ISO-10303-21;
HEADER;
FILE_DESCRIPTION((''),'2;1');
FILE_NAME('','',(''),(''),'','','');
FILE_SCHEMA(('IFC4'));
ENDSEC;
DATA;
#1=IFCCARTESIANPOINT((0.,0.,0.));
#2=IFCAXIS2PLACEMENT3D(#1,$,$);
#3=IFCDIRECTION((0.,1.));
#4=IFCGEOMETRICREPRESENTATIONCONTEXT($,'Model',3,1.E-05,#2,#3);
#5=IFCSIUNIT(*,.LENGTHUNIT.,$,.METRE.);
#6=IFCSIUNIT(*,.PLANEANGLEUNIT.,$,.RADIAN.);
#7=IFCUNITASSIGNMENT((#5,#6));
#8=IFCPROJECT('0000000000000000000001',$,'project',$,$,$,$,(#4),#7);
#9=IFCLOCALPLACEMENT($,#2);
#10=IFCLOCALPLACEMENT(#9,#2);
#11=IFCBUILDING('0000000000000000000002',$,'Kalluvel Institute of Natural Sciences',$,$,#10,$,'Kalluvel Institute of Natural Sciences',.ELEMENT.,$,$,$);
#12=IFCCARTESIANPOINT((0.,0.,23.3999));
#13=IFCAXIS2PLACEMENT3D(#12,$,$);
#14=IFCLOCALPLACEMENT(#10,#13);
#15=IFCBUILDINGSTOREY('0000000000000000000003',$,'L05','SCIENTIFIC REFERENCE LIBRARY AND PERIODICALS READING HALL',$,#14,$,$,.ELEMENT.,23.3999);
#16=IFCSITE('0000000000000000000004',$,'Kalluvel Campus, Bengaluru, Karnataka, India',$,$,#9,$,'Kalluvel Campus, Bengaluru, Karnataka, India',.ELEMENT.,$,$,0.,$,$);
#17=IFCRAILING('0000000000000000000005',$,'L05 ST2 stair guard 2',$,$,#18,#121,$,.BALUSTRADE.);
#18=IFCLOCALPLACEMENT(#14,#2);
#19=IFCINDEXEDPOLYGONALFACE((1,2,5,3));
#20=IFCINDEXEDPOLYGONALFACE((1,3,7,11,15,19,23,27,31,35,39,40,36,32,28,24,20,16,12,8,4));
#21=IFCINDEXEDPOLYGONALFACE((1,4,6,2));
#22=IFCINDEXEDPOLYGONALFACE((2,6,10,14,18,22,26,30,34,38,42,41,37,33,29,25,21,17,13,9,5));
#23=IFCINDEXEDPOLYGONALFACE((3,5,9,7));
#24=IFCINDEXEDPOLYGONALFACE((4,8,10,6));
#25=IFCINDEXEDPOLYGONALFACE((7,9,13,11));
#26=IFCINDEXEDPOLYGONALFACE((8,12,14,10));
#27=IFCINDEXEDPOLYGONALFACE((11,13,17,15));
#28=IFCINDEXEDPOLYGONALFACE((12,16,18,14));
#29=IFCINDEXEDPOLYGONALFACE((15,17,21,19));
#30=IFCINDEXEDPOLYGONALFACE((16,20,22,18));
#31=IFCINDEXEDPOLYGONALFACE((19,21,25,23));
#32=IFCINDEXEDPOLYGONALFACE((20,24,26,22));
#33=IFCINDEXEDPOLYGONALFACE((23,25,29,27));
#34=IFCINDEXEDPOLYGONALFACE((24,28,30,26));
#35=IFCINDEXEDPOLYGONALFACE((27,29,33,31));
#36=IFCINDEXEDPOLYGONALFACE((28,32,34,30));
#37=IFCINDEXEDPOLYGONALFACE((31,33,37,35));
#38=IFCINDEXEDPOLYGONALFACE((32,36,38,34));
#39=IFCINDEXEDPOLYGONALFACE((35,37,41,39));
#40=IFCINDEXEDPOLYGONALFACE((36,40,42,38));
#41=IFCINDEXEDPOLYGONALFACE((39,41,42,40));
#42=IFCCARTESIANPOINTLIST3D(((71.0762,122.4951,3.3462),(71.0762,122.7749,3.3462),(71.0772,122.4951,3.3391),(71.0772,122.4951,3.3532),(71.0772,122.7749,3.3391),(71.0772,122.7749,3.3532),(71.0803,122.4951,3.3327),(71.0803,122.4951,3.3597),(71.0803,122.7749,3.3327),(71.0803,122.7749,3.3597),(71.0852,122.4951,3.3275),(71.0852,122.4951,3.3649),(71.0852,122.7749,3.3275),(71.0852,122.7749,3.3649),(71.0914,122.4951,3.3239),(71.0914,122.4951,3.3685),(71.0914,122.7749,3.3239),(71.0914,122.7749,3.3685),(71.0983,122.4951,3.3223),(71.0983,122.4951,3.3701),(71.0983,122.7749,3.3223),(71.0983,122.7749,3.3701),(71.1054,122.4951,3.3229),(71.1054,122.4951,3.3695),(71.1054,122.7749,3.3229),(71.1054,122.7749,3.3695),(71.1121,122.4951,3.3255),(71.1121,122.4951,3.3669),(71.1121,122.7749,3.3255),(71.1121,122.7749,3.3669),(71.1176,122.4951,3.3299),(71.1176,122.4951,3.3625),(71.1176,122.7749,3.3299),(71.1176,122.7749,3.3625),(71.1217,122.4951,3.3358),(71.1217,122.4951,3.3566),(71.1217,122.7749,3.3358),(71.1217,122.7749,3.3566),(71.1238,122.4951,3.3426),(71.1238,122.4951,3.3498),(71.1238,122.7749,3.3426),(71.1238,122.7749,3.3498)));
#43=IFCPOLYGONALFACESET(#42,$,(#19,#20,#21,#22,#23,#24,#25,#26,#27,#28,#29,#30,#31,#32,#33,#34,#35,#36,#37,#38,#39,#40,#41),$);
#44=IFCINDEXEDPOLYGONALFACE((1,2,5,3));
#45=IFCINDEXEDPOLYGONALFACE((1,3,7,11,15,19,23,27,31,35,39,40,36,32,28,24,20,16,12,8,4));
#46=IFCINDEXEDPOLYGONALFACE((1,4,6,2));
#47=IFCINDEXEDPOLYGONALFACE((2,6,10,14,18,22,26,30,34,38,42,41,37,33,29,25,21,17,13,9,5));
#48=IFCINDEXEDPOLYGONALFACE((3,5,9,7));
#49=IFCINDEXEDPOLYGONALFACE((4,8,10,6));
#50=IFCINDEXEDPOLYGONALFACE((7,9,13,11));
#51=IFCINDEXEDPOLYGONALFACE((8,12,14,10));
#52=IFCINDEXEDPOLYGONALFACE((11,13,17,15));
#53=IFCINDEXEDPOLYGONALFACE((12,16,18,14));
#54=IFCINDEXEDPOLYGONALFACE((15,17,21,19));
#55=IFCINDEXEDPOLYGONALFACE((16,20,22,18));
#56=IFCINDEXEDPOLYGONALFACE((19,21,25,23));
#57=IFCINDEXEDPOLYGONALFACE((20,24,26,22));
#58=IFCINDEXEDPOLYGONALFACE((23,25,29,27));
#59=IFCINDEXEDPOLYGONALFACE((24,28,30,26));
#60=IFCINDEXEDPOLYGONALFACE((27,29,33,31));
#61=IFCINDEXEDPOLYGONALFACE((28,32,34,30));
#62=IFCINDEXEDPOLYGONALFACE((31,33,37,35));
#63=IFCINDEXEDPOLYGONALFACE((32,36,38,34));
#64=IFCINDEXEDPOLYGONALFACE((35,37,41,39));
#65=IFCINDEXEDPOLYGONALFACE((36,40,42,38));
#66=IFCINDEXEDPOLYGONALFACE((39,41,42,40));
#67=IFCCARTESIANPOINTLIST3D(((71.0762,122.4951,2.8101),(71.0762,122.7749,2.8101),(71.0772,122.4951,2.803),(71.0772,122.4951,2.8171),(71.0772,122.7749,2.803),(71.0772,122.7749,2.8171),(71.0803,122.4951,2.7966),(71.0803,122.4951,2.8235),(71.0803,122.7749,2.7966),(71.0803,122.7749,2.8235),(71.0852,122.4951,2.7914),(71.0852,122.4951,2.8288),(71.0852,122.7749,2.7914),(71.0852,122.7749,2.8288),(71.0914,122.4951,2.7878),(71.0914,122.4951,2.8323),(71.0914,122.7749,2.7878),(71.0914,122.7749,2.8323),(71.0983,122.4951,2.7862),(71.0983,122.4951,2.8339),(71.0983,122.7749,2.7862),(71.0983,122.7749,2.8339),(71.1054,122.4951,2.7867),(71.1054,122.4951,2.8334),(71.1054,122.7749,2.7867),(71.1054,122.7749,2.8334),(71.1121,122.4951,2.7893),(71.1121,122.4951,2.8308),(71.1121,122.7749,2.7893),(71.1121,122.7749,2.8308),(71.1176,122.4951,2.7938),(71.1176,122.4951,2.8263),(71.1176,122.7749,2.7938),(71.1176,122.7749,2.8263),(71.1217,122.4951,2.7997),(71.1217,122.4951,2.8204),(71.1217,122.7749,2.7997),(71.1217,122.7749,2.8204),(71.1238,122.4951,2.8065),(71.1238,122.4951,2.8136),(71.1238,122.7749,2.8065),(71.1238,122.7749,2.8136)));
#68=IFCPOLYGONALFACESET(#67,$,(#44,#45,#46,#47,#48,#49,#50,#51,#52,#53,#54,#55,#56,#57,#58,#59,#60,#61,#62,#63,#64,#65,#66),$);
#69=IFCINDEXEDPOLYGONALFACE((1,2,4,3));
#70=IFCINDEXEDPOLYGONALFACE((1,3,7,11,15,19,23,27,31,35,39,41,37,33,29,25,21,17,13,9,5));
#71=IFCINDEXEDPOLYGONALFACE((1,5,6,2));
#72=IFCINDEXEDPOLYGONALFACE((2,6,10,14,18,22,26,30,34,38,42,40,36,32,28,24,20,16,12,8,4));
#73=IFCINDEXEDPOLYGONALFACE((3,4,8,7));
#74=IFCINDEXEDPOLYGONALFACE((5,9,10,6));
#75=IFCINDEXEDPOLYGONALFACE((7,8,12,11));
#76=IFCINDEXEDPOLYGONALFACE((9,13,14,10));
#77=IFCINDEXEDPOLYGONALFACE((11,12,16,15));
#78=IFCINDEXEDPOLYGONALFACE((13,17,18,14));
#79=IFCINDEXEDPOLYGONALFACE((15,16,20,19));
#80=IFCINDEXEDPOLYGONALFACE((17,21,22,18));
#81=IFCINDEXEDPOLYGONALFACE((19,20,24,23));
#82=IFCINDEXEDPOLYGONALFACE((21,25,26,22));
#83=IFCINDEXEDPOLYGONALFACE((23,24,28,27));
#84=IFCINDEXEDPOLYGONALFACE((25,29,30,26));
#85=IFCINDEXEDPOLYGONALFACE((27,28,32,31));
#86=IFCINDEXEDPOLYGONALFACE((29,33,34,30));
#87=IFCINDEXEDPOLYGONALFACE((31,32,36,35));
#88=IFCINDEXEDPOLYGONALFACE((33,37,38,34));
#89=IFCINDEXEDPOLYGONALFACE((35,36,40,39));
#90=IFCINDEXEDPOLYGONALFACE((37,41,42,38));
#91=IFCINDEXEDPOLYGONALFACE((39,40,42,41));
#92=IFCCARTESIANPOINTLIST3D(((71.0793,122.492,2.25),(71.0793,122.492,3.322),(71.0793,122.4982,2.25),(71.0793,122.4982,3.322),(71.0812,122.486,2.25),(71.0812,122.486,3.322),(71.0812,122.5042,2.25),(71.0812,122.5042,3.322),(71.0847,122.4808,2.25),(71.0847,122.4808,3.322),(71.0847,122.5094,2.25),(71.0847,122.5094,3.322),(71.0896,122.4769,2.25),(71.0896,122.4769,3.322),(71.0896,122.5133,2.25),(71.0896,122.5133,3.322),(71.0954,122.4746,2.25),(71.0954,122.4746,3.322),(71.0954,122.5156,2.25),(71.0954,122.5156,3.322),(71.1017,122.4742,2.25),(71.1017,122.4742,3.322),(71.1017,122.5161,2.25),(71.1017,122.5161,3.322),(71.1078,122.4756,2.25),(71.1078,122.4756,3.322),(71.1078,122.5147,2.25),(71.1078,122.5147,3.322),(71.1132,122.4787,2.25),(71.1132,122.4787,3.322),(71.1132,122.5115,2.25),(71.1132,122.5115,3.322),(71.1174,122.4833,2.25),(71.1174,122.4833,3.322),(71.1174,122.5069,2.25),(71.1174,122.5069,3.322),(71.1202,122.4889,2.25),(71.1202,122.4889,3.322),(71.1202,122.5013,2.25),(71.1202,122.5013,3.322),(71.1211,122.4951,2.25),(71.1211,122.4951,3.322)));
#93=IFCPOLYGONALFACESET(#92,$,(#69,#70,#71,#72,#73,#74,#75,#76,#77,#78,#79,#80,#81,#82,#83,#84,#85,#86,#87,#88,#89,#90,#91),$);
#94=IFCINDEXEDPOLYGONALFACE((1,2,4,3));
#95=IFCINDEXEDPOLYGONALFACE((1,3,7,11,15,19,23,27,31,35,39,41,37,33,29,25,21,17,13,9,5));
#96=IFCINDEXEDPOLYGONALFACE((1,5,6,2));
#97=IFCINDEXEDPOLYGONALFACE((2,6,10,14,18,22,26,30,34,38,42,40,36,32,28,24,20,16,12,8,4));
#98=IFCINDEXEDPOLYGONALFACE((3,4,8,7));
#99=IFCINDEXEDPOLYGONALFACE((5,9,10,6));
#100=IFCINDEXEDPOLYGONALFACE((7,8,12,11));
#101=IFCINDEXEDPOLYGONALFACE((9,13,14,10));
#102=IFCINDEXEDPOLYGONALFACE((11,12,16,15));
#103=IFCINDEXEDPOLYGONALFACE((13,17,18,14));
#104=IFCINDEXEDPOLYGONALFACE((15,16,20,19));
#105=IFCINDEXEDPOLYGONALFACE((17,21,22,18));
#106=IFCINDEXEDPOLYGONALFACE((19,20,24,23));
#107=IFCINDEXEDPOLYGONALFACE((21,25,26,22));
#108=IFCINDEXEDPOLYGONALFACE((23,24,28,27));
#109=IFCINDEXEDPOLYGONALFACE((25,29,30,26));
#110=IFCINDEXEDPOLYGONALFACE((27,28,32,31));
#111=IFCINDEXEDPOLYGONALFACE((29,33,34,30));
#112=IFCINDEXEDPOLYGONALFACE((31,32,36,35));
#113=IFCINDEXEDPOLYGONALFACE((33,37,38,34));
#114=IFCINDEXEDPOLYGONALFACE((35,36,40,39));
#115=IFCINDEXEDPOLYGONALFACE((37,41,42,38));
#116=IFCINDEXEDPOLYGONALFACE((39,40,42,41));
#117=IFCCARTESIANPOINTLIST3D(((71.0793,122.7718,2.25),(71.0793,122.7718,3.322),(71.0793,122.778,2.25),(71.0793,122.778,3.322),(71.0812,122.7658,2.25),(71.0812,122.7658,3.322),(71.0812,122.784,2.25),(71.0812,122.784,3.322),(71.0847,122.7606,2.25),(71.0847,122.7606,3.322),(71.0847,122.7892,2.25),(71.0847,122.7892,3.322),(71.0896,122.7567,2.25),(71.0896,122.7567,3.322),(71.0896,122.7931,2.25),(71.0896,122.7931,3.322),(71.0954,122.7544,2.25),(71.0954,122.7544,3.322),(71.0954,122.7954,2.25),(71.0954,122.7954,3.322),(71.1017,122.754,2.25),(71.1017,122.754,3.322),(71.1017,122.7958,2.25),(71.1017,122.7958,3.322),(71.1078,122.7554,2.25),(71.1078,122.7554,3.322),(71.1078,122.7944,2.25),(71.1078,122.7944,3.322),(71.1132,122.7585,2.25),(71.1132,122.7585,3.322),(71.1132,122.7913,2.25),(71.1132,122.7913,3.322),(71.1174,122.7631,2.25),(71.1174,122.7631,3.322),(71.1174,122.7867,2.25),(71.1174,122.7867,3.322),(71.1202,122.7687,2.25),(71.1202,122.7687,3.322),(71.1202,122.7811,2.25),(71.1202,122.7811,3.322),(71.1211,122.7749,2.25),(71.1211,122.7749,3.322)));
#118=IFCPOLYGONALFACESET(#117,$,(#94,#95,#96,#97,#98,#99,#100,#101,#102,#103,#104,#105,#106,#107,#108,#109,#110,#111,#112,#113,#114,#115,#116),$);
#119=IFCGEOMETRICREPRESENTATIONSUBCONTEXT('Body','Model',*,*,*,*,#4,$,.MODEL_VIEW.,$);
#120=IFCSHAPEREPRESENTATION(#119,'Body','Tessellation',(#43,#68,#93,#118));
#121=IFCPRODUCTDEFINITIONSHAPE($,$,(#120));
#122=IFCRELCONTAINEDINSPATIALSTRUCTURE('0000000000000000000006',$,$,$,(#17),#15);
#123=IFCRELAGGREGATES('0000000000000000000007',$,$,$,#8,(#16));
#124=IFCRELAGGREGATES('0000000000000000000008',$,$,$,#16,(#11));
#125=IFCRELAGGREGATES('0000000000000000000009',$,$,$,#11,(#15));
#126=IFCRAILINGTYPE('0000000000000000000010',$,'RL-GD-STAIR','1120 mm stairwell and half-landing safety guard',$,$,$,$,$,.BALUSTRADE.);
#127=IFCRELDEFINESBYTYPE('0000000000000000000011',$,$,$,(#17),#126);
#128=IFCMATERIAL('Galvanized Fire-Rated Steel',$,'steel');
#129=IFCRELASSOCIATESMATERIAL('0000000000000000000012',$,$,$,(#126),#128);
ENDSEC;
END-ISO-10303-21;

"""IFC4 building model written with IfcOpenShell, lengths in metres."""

from ifc_helpers import new_model, si_unit, direction, frame, origin, origin_2d, place, context, subcontext, project, spatial, circle, extrude, material, type_object, element, save


model = new_model("IFC4")

# Units and contexts
model_context = context("Model", 3, precision=1e-05, world=origin(), true_north=direction((0.0, 1.0)))
body_context = subcontext(model_context, "Body", "Model", "MODEL_VIEW")
ifc_project = project(units=[si_unit("LENGTHUNIT", "METRE"), si_unit("PLANEANGLEUNIT", "RADIAN")], contexts=[model_context])

# Site, building, storey
site_placement = place(None, origin())
site = spatial("IfcSite", under=ifc_project, at=site_placement, Name="Kalluvel Campus, Bengaluru, Karnataka, India", LongName="Kalluvel Campus, Bengaluru, Karnataka, India", CompositionType="ELEMENT", RefElevation=0.0)
building_placement = place(site_placement, origin())
building = spatial("IfcBuilding", under=site, at=building_placement, Name="Kalluvel Institute of Natural Sciences", LongName="Kalluvel Institute of Natural Sciences", CompositionType="ELEMENT")
storey_placement = place(building_placement, frame((0.0, 0.0, 23.3999)))
storey = spatial("IfcBuildingStorey", under=building, at=storey_placement, Name="L05", Description="SCIENTIFIC REFERENCE LIBRARY AND PERIODICALS READING HALL", CompositionType="ELEMENT", Elevation=23.3999)

# Shared definitions
ifc_material_1 = material(Name="Galvanized Fire-Rated Steel", Category="steel")

# Railing
railing_type_1 = type_object("IfcRailingType", Name="RL-GD-STAIR", Description="1120 mm stairwell and half-landing safety guard", PredefinedType="BALUSTRADE", material=ifc_material_1)
railing_1_placement = place(storey_placement, frame((71.1001, 122.4951, 2.25)))
element("IfcRailing", 1, at=railing_1_placement, inside=storey, type_object=railing_type_1, Name="L05 ST2 stair guard 2", PredefinedType="BALUSTRADE", context=body_context, shape_type="SweptSolid", body=[
    extrude(circle(Radius=0.0239, at=origin_2d()), frame((0.0, 0.0, 1.0962), z_axis=(0.0, 1.0, 0.0), x_axis=(-1.0, 0.0, 0.0)), (0.0, 0.0, 1.0), 0.2798),
    extrude(circle(Radius=0.0239, at=origin_2d()), frame((0.0, 0.0, 0.5601), z_axis=(0.0, 1.0, 0.0), x_axis=(-1.0, 0.0, 0.0)), (0.0, 0.0, 1.0), 0.2798),
    extrude(circle(Radius=0.021, at=origin_2d()), origin(), (0.0, 0.0, 1.0), 1.072),
    extrude(circle(Radius=0.021, at=origin_2d()), frame((0.0, 0.2798, 0.0)), (0.0, 0.0, 1.0), 1.072),
])

save(model, "model.ifc")
